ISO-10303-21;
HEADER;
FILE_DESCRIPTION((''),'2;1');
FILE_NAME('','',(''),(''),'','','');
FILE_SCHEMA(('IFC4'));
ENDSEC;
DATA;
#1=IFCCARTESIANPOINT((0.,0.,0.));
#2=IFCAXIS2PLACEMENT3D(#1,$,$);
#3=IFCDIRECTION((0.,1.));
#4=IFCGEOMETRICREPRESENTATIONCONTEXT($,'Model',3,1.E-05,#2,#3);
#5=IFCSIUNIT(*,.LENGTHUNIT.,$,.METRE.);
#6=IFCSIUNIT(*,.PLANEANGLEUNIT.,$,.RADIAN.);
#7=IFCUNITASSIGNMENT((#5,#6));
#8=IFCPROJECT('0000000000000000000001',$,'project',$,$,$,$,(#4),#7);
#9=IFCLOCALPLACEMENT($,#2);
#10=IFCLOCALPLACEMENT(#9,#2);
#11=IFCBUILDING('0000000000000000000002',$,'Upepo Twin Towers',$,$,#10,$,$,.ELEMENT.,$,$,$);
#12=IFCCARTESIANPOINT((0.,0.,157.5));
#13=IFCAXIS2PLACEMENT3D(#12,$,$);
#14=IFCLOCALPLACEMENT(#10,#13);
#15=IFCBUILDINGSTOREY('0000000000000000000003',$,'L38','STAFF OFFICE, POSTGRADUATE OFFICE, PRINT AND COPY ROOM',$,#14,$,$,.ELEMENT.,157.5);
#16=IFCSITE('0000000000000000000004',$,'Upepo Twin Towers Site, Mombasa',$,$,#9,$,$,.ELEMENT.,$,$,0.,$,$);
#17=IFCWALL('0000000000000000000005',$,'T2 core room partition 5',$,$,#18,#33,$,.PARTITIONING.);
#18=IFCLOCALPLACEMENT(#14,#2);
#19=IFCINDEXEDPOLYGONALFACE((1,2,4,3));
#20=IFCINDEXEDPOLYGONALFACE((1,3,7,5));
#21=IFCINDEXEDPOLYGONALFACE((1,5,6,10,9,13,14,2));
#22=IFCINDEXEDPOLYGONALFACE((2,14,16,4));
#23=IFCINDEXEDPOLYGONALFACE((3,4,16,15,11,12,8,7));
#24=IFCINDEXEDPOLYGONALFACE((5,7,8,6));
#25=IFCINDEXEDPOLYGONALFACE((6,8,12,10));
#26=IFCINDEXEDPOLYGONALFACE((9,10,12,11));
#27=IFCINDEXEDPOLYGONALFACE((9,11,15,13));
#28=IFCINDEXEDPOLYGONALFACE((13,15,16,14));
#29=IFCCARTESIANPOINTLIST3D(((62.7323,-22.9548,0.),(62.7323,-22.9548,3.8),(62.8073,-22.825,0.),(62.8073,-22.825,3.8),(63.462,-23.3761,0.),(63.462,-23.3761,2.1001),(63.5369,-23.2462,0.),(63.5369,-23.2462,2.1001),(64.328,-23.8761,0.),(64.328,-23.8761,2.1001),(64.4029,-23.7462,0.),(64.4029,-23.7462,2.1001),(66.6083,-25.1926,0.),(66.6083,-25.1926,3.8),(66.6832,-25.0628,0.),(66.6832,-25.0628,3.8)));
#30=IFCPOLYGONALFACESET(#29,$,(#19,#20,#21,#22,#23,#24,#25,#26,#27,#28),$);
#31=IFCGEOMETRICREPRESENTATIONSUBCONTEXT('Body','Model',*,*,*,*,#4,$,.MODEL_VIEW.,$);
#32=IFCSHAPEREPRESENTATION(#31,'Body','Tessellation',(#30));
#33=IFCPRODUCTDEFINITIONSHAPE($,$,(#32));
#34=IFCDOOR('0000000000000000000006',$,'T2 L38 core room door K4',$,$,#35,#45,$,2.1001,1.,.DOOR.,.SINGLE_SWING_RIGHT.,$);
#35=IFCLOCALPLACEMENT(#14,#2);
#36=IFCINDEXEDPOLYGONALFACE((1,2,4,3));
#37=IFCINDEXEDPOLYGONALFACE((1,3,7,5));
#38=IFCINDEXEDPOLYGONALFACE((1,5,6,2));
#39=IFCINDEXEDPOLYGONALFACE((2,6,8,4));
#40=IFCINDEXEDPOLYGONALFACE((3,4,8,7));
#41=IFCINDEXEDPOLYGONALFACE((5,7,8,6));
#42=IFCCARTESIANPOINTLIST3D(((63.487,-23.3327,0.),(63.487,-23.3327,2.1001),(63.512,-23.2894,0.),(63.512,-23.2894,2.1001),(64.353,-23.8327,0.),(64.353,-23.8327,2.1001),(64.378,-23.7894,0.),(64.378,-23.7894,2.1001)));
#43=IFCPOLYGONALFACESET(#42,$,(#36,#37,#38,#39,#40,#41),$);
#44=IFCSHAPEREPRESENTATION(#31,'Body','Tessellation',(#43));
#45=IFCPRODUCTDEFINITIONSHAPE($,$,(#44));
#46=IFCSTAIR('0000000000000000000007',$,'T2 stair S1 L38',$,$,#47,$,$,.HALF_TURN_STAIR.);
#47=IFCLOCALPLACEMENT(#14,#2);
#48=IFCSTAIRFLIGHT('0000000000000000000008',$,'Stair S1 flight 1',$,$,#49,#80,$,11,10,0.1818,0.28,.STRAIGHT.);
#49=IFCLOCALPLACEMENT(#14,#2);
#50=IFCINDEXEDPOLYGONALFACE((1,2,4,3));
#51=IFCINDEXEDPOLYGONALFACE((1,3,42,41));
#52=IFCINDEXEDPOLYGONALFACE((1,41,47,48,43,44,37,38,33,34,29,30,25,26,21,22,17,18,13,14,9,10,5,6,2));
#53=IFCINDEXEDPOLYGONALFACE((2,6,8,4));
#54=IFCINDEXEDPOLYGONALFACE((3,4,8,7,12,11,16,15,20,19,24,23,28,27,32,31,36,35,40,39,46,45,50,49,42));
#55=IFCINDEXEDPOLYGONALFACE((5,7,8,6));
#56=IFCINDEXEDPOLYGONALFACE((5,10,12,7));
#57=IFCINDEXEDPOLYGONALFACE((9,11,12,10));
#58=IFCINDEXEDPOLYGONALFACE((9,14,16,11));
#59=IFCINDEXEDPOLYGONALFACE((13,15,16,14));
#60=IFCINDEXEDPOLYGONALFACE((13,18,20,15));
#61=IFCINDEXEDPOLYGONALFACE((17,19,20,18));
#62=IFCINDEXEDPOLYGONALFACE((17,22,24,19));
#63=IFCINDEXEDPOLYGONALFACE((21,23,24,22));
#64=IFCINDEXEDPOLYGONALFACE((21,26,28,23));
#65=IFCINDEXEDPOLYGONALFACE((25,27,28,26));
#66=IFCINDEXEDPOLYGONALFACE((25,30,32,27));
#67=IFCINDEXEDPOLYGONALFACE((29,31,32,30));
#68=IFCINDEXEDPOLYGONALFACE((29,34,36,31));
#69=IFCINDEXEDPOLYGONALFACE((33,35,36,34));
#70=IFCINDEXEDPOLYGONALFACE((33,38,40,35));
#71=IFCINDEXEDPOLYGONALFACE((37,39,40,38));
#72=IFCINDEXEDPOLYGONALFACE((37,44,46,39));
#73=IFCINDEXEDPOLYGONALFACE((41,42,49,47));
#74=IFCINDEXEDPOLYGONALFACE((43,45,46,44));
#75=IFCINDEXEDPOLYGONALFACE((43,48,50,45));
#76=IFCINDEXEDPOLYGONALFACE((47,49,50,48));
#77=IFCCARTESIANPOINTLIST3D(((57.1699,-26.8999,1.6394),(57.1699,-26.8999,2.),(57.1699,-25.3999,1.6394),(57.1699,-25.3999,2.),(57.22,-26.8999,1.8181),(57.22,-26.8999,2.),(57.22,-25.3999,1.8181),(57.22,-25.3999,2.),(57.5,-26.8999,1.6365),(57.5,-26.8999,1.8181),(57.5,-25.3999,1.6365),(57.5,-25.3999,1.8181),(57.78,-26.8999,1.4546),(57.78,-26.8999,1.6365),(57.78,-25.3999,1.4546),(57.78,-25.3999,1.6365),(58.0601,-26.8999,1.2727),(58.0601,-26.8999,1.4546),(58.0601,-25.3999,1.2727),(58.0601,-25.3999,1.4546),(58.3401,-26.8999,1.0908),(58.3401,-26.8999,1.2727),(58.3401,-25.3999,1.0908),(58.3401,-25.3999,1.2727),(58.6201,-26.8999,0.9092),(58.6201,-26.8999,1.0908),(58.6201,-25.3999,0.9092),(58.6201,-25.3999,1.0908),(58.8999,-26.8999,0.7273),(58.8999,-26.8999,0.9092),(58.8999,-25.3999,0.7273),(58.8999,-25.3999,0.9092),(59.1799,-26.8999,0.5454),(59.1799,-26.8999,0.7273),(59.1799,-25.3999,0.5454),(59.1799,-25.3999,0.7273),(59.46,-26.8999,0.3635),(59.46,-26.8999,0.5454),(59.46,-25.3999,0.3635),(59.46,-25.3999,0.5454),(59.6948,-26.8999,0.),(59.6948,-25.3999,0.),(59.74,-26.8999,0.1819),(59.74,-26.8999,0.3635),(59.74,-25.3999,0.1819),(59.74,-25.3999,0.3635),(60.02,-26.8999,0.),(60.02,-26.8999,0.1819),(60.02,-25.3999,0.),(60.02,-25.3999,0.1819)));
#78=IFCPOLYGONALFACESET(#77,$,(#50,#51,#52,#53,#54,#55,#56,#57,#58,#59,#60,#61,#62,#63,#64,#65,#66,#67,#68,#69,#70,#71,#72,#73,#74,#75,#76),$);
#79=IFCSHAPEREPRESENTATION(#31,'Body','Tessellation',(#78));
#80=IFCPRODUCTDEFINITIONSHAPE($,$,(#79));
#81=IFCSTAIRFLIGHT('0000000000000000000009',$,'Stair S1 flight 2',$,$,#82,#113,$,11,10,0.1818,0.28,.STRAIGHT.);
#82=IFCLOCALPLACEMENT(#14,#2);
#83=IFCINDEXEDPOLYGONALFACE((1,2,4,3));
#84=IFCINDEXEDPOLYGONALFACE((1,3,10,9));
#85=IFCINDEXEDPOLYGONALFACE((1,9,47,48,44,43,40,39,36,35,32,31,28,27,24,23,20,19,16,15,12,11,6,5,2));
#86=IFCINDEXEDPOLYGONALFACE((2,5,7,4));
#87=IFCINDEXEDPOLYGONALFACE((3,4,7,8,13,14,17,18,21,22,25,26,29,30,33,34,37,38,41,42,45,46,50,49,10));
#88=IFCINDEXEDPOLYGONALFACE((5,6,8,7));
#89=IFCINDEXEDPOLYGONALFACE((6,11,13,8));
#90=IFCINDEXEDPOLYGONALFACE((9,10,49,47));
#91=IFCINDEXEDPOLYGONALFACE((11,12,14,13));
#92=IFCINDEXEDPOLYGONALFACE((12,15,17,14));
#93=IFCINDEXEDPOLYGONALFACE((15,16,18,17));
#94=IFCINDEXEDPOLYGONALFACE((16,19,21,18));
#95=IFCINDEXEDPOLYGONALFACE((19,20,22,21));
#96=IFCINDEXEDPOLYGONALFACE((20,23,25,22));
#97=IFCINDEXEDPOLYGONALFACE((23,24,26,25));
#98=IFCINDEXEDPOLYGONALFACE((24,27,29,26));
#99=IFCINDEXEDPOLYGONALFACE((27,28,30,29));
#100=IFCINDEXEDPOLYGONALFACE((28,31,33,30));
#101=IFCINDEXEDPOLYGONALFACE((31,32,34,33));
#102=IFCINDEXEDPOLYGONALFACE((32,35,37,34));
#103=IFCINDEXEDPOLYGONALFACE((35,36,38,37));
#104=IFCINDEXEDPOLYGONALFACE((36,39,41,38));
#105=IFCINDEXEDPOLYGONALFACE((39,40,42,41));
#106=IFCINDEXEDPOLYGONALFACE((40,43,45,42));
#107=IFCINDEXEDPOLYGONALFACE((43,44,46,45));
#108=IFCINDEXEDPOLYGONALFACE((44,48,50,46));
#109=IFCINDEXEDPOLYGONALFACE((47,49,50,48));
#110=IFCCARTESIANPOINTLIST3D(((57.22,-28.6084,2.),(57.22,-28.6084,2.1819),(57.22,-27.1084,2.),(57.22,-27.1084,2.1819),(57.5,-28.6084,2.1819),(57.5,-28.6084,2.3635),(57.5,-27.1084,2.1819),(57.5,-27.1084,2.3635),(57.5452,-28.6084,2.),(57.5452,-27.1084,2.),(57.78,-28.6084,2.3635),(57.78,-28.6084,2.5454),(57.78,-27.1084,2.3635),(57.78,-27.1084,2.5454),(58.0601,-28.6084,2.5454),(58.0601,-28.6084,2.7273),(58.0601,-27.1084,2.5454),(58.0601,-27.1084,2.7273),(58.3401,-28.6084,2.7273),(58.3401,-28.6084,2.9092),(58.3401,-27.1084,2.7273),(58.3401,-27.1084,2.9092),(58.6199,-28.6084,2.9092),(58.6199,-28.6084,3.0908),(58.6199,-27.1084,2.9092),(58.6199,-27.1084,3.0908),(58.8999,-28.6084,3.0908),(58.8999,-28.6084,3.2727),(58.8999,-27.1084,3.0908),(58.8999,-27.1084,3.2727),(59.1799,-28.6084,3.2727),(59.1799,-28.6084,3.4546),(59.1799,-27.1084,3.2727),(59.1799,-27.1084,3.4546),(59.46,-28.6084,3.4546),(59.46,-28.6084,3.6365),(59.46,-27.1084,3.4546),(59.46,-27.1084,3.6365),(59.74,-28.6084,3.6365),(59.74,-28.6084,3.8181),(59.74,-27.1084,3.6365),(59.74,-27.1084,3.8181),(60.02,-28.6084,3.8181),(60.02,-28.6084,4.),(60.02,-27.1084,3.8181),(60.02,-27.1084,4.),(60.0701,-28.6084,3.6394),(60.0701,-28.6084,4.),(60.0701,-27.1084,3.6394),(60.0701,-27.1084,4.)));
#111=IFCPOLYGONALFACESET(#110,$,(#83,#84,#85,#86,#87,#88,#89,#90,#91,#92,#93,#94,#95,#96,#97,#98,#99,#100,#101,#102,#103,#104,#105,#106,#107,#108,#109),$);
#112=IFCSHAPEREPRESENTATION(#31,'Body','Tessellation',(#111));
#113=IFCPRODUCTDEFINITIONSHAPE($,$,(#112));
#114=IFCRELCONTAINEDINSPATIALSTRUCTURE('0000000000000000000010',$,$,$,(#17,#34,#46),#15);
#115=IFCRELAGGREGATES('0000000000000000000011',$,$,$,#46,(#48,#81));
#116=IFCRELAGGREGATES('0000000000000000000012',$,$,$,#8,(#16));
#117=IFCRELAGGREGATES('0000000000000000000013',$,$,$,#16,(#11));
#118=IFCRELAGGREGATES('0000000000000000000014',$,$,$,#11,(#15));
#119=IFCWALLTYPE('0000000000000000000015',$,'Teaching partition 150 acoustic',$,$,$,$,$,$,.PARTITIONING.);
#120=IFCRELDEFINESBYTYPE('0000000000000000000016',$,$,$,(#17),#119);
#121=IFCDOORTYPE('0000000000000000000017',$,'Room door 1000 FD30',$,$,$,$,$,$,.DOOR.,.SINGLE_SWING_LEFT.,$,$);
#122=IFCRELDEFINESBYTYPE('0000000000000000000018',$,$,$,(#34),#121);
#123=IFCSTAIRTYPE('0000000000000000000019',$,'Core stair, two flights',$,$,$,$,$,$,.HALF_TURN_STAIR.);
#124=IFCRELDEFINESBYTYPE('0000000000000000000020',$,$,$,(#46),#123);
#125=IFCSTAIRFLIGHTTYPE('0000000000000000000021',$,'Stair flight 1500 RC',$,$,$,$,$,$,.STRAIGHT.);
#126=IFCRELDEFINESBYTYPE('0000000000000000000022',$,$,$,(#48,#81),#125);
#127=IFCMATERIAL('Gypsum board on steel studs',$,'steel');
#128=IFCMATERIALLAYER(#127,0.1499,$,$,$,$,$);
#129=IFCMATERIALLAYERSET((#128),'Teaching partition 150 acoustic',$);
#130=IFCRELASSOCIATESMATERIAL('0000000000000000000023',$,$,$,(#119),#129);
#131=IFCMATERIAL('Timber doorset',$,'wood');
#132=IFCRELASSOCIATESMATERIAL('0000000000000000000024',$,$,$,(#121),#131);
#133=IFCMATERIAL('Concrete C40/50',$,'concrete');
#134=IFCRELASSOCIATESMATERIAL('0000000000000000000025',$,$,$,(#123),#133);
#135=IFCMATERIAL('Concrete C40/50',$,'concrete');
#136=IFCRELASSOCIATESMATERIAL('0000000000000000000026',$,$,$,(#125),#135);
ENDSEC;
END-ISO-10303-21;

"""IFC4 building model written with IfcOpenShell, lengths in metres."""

from ifc_helpers import new_model, si_unit, direction, frame, frame_2d, origin, place, context, subcontext, project, spatial, polyline, rectangle, outline, extrude, material, layer, layer_set, type_object, element, fill, aggregate, save


model = new_model("IFC4")

# Units and contexts
model_context = context("Model", 3, precision=1e-05, world=origin(), true_north=direction((0.0, 1.0)))
body_context = subcontext(model_context, "Body", "Model", "MODEL_VIEW")
ifc_project = project(units=[si_unit("LENGTHUNIT", "METRE"), si_unit("PLANEANGLEUNIT", "RADIAN")], contexts=[model_context])

# Site, building, storey
site_placement = place(None, origin())
site = spatial("IfcSite", under=ifc_project, at=site_placement, Name="Upepo Twin Towers Site, Mombasa", CompositionType="ELEMENT", RefElevation=0.0)
building_placement = place(site_placement, origin())
building = spatial("IfcBuilding", under=site, at=building_placement, Name="Upepo Twin Towers", CompositionType="ELEMENT")
storey_placement = place(building_placement, frame((0.0, 0.0, 157.5)))
storey = spatial("IfcBuildingStorey", under=building, at=storey_placement, Name="L38", Description="STAFF OFFICE, POSTGRADUATE OFFICE, PRINT AND COPY ROOM", CompositionType="ELEMENT", Elevation=157.5)

# Wall, opening, door
ifc_material_1 = material(Name="Gypsum board on steel studs", Category="steel")
ifc_layer_1 = layer(ifc_material_1, 0.1499)
ifc_layer_set_1 = layer_set([ifc_layer_1], Name="Teaching partition 150 acoustic")
wall_type_1 = type_object("IfcWallType", Name="Teaching partition 150 acoustic", PredefinedType="PARTITIONING", material=ifc_layer_set_1)
ifc_material_2 = material(Name="Timber doorset", Category="wood")
door_type_1 = type_object("IfcDoorType", Name="Room door 1000 FD30", OperationType="SINGLE_SWING_LEFT", PredefinedType="DOOR", material=ifc_material_2)
wall_1_placement = place(storey_placement, frame((66.6458, -25.1277, 0.0), z_axis=(0.0, 0.0, 1.0), x_axis=(-0.866026, 0.499999, 0.0)))
wall_1 = element("IfcWall", 1, at=wall_1_placement, inside=storey, type_object=wall_type_1, Name="T2 core room partition 5", PredefinedType="PARTITIONING", context=body_context, shape_type="SweptSolid", body=[
    extrude(rectangle(XDim=4.4756, YDim=0.1499, at=frame_2d((2.2378, 0.0))), origin(), (0.0, 0.0, 1.0), 3.8),
])
opening_1_placement = place(wall_1_placement, frame((2.6331, 0.0, 0.0)))
opening_1 = element("IfcOpeningElement", 2, at=opening_1_placement, cuts=wall_1, PredefinedType="OPENING", context=body_context, shape_type="SweptSolid", body=[
    extrude(rectangle(XDim=1.0, YDim=2.1001, at=frame_2d((0.5, 1.05))), frame((0.0, 0.085, 0.0), z_axis=(0.0, -1.0, 0.0), x_axis=(1.0, 0.0, 0.0)), (0.0, 0.0, 1.0), 0.1699),
])
door_1_placement = place(opening_1_placement, origin())
door_1 = element("IfcDoor", 3, at=door_1_placement, inside=storey, type_object=door_type_1, Name="T2 L38 core room door K4", OperationType="SINGLE_SWING_RIGHT", OverallHeight=2.1001, OverallWidth=1.0, PredefinedType="DOOR", context=body_context, shape_type="SweptSolid", body=[
    extrude(rectangle(XDim=1.0, YDim=2.1001, at=frame_2d((0.5, 1.05))), frame((0.0, 0.0249, 0.0), z_axis=(0.0, -1.0, 0.0), x_axis=(1.0, 0.0, 0.0)), (0.0, 0.0, 1.0), 0.05),
])
fill(opening_1, door_1)

# Stair, stair flights
ifc_material_3 = material(Name="Concrete C40/50", Category="concrete")
stair_type = type_object("IfcStairType", Name="Core stair, two flights", PredefinedType="HALF_TURN_STAIR", material=ifc_material_3)
stair_placement = place(storey_placement, origin())
stair = element("IfcStair", 4, at=stair_placement, inside=storey, type_object=stair_type, Name="T2 stair S1 L38", PredefinedType="HALF_TURN_STAIR")
ifc_material_4 = material(Name="Concrete C40/50", Category="concrete")
stair_flight_type = type_object("IfcStairFlightType", Name="Stair flight 1500 RC", PredefinedType="STRAIGHT", material=ifc_material_4)
stair_flight_1_placement = place(storey_placement, frame((60.02, -26.1499, 0.0), z_axis=(0.0, 0.0, 1.0), x_axis=(-1.0, 0.0, 0.0)))
stair_flight_1 = element("IfcStairFlight", 5, at=stair_flight_1_placement, type_object=stair_flight_type, Name="Stair S1 flight 1", NumberOfRisers=11, NumberOfTreads=10, PredefinedType="STRAIGHT", RiserHeight=0.1818, TreadLength=0.28, context=body_context, shape_type="SweptSolid", body=[
    extrude(outline(polyline([(0.0, 0.0), (0.0, 0.1819), (0.28, 0.1819), (0.28, 0.3635), (0.5601, 0.3635), (0.5601, 0.5454), (0.8401, 0.5454), (0.8401, 0.7273), (1.1201, 0.7273), (1.1201, 0.9092), (1.3999, 0.9092), (1.3999, 1.0908), (1.6799, 1.0908), (1.6799, 1.2727), (1.96, 1.2727), (1.96, 1.4546), (2.24, 1.4546), (2.24, 1.6365), (2.52, 1.6365), (2.52, 1.8181), (2.8, 1.8181), (2.8, 2.0), (2.8501, 2.0), (2.8501, 1.6394), (0.3252, 0.0), (0.0, 0.0)])), frame((0.0, 0.75, 0.0), z_axis=(0.0, -1.0, 0.0), x_axis=(1.0, 0.0, 0.0)), (0.0, 0.0, 1.0), 1.5),
])
stair_flight_2_placement = place(storey_placement, frame((57.22, -27.8584, 2.0), z_axis=(0.0, 0.0, 1.0), x_axis=(1.0, 0.0, 0.0)))
stair_flight_2 = element("IfcStairFlight", 6, at=stair_flight_2_placement, type_object=stair_flight_type, Name="Stair S1 flight 2", NumberOfRisers=11, NumberOfTreads=10, PredefinedType="STRAIGHT", RiserHeight=0.1818, TreadLength=0.28, context=body_context, shape_type="SweptSolid", body=[
    extrude(outline(polyline([(0.0, 0.0), (0.0, 0.1819), (0.28, 0.1819), (0.28, 0.3635), (0.5601, 0.3635), (0.5601, 0.5454), (0.8401, 0.5454), (0.8401, 0.7273), (1.1201, 0.7273), (1.1201, 0.9092), (1.3999, 0.9092), (1.3999, 1.0908), (1.6799, 1.0908), (1.6799, 1.2727), (1.96, 1.2727), (1.96, 1.4546), (2.24, 1.4546), (2.24, 1.6365), (2.52, 1.6365), (2.52, 1.8181), (2.8, 1.8181), (2.8, 2.0), (2.8501, 2.0), (2.8501, 1.6394), (0.3252, 0.0), (0.0, 0.0)])), frame((0.0, 0.75, 0.0), z_axis=(0.0, -1.0, 0.0), x_axis=(1.0, 0.0, 0.0)), (0.0, 0.0, 1.0), 1.5),
])
aggregate(stair, [stair_flight_1, stair_flight_2])

save(model, "model.ifc")
